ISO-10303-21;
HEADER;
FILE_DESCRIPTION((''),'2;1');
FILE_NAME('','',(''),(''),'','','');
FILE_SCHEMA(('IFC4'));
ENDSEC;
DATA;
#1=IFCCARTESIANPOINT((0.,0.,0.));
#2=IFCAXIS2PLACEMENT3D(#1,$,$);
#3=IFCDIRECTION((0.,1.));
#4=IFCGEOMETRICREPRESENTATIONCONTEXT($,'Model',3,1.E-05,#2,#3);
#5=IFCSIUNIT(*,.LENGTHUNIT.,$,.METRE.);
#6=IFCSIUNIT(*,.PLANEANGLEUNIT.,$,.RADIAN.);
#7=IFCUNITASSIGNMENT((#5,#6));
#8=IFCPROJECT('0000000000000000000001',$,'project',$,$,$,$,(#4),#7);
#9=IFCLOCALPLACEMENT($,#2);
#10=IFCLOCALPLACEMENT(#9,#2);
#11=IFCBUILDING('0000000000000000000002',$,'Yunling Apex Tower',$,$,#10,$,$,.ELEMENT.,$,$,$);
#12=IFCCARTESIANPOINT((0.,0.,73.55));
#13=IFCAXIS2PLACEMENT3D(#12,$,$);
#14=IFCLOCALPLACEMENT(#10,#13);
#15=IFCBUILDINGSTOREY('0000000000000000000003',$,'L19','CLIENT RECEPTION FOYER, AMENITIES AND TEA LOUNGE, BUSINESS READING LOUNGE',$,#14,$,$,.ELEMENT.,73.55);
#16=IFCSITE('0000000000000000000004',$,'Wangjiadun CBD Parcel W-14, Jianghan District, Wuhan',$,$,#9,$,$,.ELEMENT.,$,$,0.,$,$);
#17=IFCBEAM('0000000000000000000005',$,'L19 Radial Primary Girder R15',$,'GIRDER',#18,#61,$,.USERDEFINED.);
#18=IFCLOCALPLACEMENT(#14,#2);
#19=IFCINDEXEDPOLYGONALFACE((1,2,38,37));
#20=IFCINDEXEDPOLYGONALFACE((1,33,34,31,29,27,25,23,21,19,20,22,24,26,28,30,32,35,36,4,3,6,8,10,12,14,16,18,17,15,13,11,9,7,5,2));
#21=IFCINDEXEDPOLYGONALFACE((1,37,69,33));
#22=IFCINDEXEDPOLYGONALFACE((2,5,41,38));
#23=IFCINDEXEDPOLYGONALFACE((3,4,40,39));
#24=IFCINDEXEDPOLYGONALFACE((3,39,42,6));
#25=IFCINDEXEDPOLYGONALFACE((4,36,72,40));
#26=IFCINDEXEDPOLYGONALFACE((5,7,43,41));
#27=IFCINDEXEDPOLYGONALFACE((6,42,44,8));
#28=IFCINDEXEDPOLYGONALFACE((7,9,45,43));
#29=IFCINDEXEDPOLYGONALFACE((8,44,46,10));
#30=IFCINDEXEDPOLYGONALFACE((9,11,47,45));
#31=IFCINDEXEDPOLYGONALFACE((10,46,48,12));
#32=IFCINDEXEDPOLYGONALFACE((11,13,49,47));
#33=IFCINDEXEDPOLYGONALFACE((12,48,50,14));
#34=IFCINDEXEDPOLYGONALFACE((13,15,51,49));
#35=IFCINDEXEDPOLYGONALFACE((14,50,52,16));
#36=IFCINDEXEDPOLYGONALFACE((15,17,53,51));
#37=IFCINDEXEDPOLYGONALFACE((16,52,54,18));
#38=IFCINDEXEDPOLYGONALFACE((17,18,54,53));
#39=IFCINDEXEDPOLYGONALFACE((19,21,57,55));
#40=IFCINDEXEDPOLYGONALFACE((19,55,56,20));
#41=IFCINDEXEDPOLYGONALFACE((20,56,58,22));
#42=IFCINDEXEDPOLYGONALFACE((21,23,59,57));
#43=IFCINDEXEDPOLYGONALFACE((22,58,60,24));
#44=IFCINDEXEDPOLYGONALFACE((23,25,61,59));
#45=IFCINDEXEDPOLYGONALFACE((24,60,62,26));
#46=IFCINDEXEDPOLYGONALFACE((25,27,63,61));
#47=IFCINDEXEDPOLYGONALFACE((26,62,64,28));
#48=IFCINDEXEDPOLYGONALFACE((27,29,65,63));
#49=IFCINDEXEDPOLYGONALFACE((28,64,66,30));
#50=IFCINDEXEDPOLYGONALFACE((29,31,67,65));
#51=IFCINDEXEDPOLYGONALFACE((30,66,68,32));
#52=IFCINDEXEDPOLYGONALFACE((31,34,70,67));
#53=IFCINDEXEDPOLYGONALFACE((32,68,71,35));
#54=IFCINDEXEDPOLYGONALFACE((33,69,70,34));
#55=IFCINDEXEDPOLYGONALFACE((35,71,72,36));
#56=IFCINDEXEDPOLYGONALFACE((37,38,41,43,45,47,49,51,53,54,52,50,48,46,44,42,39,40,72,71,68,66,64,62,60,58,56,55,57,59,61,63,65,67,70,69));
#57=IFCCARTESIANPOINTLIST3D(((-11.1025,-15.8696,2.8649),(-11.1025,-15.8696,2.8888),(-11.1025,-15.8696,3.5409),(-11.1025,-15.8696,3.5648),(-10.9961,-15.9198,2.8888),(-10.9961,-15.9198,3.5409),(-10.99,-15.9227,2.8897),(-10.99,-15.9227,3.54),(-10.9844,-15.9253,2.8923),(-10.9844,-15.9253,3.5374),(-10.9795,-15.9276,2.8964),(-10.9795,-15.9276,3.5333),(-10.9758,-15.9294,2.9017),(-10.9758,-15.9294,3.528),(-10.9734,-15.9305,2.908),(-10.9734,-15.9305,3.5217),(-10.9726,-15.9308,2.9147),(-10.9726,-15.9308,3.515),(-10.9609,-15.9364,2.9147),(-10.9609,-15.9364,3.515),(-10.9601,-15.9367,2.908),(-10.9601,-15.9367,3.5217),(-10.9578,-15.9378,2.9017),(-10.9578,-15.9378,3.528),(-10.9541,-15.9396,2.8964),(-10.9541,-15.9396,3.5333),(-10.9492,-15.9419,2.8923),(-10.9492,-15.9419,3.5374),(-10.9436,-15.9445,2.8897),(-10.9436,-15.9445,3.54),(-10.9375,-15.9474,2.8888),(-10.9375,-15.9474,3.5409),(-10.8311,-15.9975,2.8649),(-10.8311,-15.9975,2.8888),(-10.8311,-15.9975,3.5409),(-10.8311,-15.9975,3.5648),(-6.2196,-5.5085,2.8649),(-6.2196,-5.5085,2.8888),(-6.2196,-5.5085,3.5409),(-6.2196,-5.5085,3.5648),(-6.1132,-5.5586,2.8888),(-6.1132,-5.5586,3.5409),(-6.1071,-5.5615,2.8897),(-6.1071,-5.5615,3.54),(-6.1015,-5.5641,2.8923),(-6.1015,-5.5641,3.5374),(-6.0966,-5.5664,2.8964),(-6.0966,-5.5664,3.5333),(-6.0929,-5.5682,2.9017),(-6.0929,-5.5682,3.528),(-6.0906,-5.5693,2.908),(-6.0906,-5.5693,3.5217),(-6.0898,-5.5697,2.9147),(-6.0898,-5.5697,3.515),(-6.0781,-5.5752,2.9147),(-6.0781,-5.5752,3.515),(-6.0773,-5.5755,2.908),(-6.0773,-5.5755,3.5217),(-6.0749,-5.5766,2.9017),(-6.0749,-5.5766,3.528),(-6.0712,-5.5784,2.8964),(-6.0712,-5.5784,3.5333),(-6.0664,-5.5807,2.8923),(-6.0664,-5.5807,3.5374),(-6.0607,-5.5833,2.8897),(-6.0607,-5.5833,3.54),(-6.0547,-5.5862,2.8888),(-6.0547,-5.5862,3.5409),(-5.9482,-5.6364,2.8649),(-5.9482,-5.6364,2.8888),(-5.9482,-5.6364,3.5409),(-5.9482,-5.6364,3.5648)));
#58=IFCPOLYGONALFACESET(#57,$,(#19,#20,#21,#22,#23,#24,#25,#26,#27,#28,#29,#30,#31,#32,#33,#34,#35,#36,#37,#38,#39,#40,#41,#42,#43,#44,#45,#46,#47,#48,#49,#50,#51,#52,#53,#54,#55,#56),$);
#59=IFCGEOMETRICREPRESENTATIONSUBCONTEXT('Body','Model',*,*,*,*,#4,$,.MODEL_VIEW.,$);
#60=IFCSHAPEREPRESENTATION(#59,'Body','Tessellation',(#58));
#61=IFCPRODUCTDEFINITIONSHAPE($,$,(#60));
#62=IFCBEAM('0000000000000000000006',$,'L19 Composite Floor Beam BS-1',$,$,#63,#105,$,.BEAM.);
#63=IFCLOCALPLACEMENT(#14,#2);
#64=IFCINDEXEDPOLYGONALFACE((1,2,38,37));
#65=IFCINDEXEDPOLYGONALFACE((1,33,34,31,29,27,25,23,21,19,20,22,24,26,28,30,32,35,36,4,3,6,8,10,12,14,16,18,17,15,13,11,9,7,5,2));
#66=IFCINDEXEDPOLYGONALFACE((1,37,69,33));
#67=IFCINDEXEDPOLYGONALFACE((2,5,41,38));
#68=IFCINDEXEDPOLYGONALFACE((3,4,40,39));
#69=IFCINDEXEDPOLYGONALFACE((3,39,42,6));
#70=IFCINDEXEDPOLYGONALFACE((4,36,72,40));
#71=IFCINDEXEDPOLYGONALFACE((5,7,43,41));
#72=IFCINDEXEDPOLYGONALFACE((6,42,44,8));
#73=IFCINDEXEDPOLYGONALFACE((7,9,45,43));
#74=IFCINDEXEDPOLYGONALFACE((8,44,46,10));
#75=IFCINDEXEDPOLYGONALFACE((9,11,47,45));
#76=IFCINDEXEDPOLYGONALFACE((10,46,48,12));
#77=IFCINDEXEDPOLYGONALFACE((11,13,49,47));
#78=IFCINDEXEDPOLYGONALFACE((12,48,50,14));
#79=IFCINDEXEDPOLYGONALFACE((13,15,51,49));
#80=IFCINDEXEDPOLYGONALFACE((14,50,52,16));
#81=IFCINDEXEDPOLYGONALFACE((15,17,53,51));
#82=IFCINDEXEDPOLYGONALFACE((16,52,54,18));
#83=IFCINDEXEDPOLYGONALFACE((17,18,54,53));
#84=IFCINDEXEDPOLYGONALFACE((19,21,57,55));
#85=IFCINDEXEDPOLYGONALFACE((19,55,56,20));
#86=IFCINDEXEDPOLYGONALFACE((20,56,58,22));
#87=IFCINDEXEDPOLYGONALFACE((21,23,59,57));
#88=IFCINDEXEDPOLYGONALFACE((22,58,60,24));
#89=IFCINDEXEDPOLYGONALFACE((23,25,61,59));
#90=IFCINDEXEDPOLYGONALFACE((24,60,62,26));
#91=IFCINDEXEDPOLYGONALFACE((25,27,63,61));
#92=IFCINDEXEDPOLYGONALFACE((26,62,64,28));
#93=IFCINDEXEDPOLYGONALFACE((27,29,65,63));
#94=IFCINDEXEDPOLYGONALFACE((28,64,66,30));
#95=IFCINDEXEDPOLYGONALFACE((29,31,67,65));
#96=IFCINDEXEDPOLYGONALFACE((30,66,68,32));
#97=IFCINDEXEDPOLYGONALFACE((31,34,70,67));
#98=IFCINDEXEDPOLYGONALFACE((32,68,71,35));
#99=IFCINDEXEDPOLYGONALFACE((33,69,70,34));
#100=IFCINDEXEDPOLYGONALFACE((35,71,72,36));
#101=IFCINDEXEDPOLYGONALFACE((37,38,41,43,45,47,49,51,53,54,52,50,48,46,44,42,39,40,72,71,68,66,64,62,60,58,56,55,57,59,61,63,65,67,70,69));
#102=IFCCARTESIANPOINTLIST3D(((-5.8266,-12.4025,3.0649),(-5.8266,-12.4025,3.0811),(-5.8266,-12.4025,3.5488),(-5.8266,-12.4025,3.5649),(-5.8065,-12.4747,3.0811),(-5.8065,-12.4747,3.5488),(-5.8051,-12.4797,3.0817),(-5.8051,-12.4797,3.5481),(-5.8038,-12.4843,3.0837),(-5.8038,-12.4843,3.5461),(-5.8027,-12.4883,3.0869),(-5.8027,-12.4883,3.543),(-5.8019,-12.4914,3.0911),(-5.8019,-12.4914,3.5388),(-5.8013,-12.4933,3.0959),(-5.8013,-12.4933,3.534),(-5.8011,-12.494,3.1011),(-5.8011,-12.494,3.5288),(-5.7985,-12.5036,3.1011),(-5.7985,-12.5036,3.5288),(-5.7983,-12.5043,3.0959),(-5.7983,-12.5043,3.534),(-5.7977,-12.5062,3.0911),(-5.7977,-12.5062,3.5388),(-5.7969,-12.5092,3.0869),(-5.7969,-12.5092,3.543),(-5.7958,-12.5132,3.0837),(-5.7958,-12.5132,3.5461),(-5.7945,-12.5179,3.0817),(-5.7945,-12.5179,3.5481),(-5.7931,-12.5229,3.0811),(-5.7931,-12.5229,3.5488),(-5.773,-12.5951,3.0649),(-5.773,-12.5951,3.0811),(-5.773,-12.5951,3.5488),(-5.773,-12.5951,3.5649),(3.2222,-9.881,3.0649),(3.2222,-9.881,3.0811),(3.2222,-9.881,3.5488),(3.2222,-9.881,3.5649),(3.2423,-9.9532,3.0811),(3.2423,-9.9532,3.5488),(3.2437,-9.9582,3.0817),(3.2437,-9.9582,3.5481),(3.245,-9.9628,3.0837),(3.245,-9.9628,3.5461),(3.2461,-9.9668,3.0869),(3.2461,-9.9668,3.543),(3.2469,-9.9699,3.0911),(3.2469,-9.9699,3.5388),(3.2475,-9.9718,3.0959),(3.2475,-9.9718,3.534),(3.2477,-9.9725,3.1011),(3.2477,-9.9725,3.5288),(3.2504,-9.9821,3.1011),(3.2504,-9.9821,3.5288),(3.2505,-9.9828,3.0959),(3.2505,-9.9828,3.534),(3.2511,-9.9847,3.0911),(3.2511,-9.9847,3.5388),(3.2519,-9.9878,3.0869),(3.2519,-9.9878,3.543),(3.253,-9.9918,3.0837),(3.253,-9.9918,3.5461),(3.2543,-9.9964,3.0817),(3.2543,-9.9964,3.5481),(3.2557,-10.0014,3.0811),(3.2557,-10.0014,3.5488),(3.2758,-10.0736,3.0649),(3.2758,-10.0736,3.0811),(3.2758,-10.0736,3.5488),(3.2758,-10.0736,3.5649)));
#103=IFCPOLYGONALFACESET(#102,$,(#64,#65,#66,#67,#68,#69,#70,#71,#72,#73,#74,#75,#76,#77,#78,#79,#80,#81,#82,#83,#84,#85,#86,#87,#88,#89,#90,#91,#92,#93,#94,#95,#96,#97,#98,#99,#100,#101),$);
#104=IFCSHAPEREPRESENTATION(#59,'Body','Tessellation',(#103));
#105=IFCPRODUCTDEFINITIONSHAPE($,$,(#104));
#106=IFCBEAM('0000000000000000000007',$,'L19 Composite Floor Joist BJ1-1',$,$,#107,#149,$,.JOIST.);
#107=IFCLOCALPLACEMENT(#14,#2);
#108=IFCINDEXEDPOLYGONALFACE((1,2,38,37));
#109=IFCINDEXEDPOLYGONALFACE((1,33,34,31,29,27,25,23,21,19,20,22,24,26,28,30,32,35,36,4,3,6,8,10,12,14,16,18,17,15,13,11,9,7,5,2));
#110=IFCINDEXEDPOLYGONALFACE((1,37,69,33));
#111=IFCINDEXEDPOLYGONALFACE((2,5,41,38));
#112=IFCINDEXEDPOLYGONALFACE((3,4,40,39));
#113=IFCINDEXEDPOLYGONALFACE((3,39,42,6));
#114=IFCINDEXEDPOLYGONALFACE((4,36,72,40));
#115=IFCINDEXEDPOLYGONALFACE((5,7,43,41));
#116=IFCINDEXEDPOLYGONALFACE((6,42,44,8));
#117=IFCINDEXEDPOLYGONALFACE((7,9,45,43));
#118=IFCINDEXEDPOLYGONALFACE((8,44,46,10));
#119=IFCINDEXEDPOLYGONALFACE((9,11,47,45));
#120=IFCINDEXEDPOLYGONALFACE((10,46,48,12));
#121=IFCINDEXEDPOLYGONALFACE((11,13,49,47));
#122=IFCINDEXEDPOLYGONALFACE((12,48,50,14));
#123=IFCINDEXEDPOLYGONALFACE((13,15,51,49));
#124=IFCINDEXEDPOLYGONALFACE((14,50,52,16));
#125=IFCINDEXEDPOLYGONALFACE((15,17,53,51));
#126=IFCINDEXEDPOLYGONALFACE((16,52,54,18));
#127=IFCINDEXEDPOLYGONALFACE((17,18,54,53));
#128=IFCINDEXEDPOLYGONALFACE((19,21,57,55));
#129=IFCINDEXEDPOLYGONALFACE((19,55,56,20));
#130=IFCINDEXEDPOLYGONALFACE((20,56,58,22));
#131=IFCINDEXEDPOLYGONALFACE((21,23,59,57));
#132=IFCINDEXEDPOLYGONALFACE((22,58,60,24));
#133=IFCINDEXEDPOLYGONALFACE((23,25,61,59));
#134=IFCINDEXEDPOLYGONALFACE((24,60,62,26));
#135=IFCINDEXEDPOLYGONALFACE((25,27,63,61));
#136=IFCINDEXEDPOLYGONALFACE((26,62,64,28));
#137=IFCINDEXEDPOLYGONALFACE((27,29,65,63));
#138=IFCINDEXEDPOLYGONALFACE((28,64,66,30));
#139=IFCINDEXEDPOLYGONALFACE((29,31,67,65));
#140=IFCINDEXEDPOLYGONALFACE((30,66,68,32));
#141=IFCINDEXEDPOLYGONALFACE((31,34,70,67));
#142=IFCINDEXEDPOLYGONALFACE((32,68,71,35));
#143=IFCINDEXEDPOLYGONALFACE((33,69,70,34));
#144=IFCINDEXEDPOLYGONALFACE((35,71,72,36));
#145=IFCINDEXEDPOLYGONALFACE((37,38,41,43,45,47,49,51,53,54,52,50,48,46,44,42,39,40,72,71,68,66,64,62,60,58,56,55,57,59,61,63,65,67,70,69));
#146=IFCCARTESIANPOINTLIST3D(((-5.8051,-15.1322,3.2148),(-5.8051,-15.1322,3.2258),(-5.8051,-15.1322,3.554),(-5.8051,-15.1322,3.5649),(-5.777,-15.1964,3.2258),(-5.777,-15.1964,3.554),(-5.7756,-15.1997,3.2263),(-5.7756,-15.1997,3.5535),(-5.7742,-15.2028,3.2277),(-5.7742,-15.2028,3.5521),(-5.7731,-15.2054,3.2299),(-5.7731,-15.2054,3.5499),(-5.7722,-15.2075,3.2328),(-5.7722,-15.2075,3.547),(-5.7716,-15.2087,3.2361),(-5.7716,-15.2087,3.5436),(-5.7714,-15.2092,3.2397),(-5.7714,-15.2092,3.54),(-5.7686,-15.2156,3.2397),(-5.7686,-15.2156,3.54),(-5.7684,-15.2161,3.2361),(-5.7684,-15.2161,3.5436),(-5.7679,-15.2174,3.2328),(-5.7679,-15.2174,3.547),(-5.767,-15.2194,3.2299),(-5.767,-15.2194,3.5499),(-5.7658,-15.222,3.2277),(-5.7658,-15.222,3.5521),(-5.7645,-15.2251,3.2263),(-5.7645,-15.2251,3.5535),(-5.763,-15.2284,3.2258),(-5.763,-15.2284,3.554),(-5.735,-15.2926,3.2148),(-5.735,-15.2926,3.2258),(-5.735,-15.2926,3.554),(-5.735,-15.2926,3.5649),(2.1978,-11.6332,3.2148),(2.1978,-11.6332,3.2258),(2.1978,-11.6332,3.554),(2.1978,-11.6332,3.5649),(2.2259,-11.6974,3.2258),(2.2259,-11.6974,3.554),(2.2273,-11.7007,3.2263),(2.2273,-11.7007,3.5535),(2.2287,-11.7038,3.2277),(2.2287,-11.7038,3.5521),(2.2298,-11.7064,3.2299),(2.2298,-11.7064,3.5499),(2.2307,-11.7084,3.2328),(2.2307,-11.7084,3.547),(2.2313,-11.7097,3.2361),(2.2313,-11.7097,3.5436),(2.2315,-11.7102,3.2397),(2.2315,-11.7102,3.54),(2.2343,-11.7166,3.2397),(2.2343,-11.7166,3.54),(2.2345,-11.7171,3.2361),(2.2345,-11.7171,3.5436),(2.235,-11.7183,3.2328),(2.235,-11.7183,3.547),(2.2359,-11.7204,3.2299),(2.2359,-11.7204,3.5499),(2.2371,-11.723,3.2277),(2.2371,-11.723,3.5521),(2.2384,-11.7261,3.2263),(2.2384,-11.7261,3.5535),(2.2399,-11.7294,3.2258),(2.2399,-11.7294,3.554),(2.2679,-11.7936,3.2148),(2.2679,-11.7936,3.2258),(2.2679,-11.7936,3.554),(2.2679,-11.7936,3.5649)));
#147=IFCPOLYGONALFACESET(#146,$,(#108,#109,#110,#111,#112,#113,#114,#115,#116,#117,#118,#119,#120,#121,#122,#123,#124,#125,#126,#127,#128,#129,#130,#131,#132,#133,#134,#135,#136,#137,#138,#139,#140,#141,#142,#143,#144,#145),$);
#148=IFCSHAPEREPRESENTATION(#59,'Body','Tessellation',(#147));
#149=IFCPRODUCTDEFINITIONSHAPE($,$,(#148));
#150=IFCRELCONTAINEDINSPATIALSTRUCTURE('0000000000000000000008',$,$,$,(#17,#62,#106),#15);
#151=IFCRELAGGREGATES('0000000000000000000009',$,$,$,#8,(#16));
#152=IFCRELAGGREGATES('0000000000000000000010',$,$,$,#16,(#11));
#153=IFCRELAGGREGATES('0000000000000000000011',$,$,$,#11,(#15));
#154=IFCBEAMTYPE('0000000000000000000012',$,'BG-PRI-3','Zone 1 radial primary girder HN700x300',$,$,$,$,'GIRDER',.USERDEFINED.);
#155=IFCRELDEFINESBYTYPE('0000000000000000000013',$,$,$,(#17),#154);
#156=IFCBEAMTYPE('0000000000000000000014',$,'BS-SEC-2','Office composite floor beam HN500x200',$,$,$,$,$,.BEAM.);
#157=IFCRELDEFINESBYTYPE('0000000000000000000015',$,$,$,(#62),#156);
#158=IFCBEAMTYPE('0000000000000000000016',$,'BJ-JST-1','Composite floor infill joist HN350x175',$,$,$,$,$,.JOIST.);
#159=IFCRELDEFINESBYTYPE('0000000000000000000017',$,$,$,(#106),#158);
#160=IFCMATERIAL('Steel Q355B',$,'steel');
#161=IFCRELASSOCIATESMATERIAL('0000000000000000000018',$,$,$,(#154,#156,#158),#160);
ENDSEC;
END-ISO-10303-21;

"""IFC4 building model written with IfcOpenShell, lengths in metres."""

from ifc_helpers import new_model, si_unit, direction, frame, origin, origin_2d, place, context, subcontext, project, spatial, i_section, extrude, source, transform, mapped, material, material_profile, profile_set, type_object, element, save


model = new_model("IFC4")

# Units and contexts
model_context = context("Model", 3, precision=1e-05, world=origin(), true_north=direction((0.0, 1.0)))
body_context = subcontext(model_context, "Body", "Model", "MODEL_VIEW")
ifc_project = project(units=[si_unit("LENGTHUNIT", "METRE"), si_unit("PLANEANGLEUNIT", "RADIAN")], contexts=[model_context])

# Site, building, storey
site_placement = place(None, origin())
site = spatial("IfcSite", under=ifc_project, at=site_placement, Name="Wangjiadun CBD Parcel W-14, Jianghan District, Wuhan", CompositionType="ELEMENT", RefElevation=0.0)
building_placement = place(site_placement, origin())
building = spatial("IfcBuilding", under=site, at=building_placement, Name="Yunling Apex Tower", CompositionType="ELEMENT")
storey_placement = place(building_placement, frame((0.0, 0.0, 73.55)))
storey = spatial("IfcBuildingStorey", under=building, at=storey_placement, Name="L19", Description="CLIENT RECEPTION FOYER, AMENITIES AND TEA LOUNGE, BUSINESS READING LOUNGE", CompositionType="ELEMENT", Elevation=73.55)

# Beams
ifc_material_1 = material(Name="Steel Q355B", Category="steel")
ifc_material_profile_1 = material_profile(ifc_material_1, i_section(OverallWidth=0.3, OverallDepth=0.7, WebThickness=0.0129, FlangeThickness=0.0239, FilletRadius=0.0259, at=origin_2d()))
ifc_profile_set_1 = profile_set([ifc_material_profile_1], Name="Steel Q355B")
beam_type_1 = type_object("IfcBeamType", Name="BG-PRI-3", Description="Zone 1 radial primary girder HN700x300", ElementType="GIRDER", PredefinedType="USERDEFINED", material=ifc_profile_set_1)
shared_shape_1 = source(origin(), body_context, "Body", "SweptSolid", [
    extrude(i_section(OverallWidth=0.3, OverallDepth=0.7, WebThickness=0.0129, FlangeThickness=0.0239, FilletRadius=0.0259, at=origin_2d()), origin(), (0.0, 0.0, 1.0), 11.4541),
])
beam_1_placement = place(storey_placement, frame((-10.9668, -15.9336, 3.2148), z_axis=(0.426298, 0.904583, 0.0), x_axis=(-0.904583, 0.426298, 0.0)))
element("IfcBeam", 1, at=beam_1_placement, inside=storey, type_object=beam_type_1, Name="L19 Radial Primary Girder R15", ObjectType="GIRDER", PredefinedType="USERDEFINED", context=body_context, shape_type="MappedRepresentation", body=[
    mapped(shared_shape_1, transform((0.0, 0.0, 0.0), scale=1.0)),
])
ifc_material_profile_2 = material_profile(ifc_material_1, i_section(OverallWidth=0.2, OverallDepth=0.5, WebThickness=0.01, FlangeThickness=0.0161, FilletRadius=0.02, at=origin_2d()))
ifc_profile_set_2 = profile_set([ifc_material_profile_2], Name="Steel Q355B")
beam_type_2 = type_object("IfcBeamType", Name="BS-SEC-2", Description="Office composite floor beam HN500x200", PredefinedType="BEAM", material=ifc_profile_set_2)
shared_shape_2 = source(origin(), body_context, "Body", "SweptSolid", [
    extrude(i_section(OverallWidth=0.2, OverallDepth=0.5, WebThickness=0.01, FlangeThickness=0.0161, FilletRadius=0.02, at=origin_2d()), origin(), (0.0, 0.0, 1.0), 9.3936),
])
beam_2_placement = place(storey_placement, frame((-5.7998, -12.4988, 3.3149), z_axis=(0.9633, 0.268427, 0.0), x_axis=(-0.268427, 0.9633, 0.0)))
element("IfcBeam", 2, at=beam_2_placement, inside=storey, type_object=beam_type_2, Name="L19 Composite Floor Beam BS-1", PredefinedType="BEAM", context=body_context, shape_type="MappedRepresentation", body=[
    mapped(shared_shape_2, transform((0.0, 0.0, 0.0), scale=1.0)),
])
ifc_material_profile_3 = material_profile(ifc_material_1, i_section(OverallWidth=0.175, OverallDepth=0.3501, WebThickness=0.0071, FlangeThickness=0.011, FilletRadius=0.0139, at=origin_2d()))
ifc_profile_set_3 = profile_set([ifc_material_profile_3], Name="Steel Q355B")
beam_type_3 = type_object("IfcBeamType", Name="BJ-JST-1", Description="Composite floor infill joist HN350x175", PredefinedType="JOIST", material=ifc_profile_set_3)
shared_shape_3 = source(origin(), body_context, "Body", "SweptSolid", [
    extrude(i_section(OverallWidth=0.175, OverallDepth=0.3501, WebThickness=0.0071, FlangeThickness=0.011, FilletRadius=0.0139, at=origin_2d()), origin(), (0.0, 0.0, 1.0), 8.7344),
])
beam_3_placement = place(storey_placement, frame((-5.77, -15.2124, 3.3899), z_axis=(0.916252, 0.400602, 0.0), x_axis=(-0.400602, 0.916252, 0.0)))
element("IfcBeam", 3, at=beam_3_placement, inside=storey, type_object=beam_type_3, Name="L19 Composite Floor Joist BJ1-1", PredefinedType="JOIST", context=body_context, shape_type="MappedRepresentation", body=[
    mapped(shared_shape_3, transform((0.0, 0.0, 0.0), scale=1.0)),
])

save(model, "model.ifc")
